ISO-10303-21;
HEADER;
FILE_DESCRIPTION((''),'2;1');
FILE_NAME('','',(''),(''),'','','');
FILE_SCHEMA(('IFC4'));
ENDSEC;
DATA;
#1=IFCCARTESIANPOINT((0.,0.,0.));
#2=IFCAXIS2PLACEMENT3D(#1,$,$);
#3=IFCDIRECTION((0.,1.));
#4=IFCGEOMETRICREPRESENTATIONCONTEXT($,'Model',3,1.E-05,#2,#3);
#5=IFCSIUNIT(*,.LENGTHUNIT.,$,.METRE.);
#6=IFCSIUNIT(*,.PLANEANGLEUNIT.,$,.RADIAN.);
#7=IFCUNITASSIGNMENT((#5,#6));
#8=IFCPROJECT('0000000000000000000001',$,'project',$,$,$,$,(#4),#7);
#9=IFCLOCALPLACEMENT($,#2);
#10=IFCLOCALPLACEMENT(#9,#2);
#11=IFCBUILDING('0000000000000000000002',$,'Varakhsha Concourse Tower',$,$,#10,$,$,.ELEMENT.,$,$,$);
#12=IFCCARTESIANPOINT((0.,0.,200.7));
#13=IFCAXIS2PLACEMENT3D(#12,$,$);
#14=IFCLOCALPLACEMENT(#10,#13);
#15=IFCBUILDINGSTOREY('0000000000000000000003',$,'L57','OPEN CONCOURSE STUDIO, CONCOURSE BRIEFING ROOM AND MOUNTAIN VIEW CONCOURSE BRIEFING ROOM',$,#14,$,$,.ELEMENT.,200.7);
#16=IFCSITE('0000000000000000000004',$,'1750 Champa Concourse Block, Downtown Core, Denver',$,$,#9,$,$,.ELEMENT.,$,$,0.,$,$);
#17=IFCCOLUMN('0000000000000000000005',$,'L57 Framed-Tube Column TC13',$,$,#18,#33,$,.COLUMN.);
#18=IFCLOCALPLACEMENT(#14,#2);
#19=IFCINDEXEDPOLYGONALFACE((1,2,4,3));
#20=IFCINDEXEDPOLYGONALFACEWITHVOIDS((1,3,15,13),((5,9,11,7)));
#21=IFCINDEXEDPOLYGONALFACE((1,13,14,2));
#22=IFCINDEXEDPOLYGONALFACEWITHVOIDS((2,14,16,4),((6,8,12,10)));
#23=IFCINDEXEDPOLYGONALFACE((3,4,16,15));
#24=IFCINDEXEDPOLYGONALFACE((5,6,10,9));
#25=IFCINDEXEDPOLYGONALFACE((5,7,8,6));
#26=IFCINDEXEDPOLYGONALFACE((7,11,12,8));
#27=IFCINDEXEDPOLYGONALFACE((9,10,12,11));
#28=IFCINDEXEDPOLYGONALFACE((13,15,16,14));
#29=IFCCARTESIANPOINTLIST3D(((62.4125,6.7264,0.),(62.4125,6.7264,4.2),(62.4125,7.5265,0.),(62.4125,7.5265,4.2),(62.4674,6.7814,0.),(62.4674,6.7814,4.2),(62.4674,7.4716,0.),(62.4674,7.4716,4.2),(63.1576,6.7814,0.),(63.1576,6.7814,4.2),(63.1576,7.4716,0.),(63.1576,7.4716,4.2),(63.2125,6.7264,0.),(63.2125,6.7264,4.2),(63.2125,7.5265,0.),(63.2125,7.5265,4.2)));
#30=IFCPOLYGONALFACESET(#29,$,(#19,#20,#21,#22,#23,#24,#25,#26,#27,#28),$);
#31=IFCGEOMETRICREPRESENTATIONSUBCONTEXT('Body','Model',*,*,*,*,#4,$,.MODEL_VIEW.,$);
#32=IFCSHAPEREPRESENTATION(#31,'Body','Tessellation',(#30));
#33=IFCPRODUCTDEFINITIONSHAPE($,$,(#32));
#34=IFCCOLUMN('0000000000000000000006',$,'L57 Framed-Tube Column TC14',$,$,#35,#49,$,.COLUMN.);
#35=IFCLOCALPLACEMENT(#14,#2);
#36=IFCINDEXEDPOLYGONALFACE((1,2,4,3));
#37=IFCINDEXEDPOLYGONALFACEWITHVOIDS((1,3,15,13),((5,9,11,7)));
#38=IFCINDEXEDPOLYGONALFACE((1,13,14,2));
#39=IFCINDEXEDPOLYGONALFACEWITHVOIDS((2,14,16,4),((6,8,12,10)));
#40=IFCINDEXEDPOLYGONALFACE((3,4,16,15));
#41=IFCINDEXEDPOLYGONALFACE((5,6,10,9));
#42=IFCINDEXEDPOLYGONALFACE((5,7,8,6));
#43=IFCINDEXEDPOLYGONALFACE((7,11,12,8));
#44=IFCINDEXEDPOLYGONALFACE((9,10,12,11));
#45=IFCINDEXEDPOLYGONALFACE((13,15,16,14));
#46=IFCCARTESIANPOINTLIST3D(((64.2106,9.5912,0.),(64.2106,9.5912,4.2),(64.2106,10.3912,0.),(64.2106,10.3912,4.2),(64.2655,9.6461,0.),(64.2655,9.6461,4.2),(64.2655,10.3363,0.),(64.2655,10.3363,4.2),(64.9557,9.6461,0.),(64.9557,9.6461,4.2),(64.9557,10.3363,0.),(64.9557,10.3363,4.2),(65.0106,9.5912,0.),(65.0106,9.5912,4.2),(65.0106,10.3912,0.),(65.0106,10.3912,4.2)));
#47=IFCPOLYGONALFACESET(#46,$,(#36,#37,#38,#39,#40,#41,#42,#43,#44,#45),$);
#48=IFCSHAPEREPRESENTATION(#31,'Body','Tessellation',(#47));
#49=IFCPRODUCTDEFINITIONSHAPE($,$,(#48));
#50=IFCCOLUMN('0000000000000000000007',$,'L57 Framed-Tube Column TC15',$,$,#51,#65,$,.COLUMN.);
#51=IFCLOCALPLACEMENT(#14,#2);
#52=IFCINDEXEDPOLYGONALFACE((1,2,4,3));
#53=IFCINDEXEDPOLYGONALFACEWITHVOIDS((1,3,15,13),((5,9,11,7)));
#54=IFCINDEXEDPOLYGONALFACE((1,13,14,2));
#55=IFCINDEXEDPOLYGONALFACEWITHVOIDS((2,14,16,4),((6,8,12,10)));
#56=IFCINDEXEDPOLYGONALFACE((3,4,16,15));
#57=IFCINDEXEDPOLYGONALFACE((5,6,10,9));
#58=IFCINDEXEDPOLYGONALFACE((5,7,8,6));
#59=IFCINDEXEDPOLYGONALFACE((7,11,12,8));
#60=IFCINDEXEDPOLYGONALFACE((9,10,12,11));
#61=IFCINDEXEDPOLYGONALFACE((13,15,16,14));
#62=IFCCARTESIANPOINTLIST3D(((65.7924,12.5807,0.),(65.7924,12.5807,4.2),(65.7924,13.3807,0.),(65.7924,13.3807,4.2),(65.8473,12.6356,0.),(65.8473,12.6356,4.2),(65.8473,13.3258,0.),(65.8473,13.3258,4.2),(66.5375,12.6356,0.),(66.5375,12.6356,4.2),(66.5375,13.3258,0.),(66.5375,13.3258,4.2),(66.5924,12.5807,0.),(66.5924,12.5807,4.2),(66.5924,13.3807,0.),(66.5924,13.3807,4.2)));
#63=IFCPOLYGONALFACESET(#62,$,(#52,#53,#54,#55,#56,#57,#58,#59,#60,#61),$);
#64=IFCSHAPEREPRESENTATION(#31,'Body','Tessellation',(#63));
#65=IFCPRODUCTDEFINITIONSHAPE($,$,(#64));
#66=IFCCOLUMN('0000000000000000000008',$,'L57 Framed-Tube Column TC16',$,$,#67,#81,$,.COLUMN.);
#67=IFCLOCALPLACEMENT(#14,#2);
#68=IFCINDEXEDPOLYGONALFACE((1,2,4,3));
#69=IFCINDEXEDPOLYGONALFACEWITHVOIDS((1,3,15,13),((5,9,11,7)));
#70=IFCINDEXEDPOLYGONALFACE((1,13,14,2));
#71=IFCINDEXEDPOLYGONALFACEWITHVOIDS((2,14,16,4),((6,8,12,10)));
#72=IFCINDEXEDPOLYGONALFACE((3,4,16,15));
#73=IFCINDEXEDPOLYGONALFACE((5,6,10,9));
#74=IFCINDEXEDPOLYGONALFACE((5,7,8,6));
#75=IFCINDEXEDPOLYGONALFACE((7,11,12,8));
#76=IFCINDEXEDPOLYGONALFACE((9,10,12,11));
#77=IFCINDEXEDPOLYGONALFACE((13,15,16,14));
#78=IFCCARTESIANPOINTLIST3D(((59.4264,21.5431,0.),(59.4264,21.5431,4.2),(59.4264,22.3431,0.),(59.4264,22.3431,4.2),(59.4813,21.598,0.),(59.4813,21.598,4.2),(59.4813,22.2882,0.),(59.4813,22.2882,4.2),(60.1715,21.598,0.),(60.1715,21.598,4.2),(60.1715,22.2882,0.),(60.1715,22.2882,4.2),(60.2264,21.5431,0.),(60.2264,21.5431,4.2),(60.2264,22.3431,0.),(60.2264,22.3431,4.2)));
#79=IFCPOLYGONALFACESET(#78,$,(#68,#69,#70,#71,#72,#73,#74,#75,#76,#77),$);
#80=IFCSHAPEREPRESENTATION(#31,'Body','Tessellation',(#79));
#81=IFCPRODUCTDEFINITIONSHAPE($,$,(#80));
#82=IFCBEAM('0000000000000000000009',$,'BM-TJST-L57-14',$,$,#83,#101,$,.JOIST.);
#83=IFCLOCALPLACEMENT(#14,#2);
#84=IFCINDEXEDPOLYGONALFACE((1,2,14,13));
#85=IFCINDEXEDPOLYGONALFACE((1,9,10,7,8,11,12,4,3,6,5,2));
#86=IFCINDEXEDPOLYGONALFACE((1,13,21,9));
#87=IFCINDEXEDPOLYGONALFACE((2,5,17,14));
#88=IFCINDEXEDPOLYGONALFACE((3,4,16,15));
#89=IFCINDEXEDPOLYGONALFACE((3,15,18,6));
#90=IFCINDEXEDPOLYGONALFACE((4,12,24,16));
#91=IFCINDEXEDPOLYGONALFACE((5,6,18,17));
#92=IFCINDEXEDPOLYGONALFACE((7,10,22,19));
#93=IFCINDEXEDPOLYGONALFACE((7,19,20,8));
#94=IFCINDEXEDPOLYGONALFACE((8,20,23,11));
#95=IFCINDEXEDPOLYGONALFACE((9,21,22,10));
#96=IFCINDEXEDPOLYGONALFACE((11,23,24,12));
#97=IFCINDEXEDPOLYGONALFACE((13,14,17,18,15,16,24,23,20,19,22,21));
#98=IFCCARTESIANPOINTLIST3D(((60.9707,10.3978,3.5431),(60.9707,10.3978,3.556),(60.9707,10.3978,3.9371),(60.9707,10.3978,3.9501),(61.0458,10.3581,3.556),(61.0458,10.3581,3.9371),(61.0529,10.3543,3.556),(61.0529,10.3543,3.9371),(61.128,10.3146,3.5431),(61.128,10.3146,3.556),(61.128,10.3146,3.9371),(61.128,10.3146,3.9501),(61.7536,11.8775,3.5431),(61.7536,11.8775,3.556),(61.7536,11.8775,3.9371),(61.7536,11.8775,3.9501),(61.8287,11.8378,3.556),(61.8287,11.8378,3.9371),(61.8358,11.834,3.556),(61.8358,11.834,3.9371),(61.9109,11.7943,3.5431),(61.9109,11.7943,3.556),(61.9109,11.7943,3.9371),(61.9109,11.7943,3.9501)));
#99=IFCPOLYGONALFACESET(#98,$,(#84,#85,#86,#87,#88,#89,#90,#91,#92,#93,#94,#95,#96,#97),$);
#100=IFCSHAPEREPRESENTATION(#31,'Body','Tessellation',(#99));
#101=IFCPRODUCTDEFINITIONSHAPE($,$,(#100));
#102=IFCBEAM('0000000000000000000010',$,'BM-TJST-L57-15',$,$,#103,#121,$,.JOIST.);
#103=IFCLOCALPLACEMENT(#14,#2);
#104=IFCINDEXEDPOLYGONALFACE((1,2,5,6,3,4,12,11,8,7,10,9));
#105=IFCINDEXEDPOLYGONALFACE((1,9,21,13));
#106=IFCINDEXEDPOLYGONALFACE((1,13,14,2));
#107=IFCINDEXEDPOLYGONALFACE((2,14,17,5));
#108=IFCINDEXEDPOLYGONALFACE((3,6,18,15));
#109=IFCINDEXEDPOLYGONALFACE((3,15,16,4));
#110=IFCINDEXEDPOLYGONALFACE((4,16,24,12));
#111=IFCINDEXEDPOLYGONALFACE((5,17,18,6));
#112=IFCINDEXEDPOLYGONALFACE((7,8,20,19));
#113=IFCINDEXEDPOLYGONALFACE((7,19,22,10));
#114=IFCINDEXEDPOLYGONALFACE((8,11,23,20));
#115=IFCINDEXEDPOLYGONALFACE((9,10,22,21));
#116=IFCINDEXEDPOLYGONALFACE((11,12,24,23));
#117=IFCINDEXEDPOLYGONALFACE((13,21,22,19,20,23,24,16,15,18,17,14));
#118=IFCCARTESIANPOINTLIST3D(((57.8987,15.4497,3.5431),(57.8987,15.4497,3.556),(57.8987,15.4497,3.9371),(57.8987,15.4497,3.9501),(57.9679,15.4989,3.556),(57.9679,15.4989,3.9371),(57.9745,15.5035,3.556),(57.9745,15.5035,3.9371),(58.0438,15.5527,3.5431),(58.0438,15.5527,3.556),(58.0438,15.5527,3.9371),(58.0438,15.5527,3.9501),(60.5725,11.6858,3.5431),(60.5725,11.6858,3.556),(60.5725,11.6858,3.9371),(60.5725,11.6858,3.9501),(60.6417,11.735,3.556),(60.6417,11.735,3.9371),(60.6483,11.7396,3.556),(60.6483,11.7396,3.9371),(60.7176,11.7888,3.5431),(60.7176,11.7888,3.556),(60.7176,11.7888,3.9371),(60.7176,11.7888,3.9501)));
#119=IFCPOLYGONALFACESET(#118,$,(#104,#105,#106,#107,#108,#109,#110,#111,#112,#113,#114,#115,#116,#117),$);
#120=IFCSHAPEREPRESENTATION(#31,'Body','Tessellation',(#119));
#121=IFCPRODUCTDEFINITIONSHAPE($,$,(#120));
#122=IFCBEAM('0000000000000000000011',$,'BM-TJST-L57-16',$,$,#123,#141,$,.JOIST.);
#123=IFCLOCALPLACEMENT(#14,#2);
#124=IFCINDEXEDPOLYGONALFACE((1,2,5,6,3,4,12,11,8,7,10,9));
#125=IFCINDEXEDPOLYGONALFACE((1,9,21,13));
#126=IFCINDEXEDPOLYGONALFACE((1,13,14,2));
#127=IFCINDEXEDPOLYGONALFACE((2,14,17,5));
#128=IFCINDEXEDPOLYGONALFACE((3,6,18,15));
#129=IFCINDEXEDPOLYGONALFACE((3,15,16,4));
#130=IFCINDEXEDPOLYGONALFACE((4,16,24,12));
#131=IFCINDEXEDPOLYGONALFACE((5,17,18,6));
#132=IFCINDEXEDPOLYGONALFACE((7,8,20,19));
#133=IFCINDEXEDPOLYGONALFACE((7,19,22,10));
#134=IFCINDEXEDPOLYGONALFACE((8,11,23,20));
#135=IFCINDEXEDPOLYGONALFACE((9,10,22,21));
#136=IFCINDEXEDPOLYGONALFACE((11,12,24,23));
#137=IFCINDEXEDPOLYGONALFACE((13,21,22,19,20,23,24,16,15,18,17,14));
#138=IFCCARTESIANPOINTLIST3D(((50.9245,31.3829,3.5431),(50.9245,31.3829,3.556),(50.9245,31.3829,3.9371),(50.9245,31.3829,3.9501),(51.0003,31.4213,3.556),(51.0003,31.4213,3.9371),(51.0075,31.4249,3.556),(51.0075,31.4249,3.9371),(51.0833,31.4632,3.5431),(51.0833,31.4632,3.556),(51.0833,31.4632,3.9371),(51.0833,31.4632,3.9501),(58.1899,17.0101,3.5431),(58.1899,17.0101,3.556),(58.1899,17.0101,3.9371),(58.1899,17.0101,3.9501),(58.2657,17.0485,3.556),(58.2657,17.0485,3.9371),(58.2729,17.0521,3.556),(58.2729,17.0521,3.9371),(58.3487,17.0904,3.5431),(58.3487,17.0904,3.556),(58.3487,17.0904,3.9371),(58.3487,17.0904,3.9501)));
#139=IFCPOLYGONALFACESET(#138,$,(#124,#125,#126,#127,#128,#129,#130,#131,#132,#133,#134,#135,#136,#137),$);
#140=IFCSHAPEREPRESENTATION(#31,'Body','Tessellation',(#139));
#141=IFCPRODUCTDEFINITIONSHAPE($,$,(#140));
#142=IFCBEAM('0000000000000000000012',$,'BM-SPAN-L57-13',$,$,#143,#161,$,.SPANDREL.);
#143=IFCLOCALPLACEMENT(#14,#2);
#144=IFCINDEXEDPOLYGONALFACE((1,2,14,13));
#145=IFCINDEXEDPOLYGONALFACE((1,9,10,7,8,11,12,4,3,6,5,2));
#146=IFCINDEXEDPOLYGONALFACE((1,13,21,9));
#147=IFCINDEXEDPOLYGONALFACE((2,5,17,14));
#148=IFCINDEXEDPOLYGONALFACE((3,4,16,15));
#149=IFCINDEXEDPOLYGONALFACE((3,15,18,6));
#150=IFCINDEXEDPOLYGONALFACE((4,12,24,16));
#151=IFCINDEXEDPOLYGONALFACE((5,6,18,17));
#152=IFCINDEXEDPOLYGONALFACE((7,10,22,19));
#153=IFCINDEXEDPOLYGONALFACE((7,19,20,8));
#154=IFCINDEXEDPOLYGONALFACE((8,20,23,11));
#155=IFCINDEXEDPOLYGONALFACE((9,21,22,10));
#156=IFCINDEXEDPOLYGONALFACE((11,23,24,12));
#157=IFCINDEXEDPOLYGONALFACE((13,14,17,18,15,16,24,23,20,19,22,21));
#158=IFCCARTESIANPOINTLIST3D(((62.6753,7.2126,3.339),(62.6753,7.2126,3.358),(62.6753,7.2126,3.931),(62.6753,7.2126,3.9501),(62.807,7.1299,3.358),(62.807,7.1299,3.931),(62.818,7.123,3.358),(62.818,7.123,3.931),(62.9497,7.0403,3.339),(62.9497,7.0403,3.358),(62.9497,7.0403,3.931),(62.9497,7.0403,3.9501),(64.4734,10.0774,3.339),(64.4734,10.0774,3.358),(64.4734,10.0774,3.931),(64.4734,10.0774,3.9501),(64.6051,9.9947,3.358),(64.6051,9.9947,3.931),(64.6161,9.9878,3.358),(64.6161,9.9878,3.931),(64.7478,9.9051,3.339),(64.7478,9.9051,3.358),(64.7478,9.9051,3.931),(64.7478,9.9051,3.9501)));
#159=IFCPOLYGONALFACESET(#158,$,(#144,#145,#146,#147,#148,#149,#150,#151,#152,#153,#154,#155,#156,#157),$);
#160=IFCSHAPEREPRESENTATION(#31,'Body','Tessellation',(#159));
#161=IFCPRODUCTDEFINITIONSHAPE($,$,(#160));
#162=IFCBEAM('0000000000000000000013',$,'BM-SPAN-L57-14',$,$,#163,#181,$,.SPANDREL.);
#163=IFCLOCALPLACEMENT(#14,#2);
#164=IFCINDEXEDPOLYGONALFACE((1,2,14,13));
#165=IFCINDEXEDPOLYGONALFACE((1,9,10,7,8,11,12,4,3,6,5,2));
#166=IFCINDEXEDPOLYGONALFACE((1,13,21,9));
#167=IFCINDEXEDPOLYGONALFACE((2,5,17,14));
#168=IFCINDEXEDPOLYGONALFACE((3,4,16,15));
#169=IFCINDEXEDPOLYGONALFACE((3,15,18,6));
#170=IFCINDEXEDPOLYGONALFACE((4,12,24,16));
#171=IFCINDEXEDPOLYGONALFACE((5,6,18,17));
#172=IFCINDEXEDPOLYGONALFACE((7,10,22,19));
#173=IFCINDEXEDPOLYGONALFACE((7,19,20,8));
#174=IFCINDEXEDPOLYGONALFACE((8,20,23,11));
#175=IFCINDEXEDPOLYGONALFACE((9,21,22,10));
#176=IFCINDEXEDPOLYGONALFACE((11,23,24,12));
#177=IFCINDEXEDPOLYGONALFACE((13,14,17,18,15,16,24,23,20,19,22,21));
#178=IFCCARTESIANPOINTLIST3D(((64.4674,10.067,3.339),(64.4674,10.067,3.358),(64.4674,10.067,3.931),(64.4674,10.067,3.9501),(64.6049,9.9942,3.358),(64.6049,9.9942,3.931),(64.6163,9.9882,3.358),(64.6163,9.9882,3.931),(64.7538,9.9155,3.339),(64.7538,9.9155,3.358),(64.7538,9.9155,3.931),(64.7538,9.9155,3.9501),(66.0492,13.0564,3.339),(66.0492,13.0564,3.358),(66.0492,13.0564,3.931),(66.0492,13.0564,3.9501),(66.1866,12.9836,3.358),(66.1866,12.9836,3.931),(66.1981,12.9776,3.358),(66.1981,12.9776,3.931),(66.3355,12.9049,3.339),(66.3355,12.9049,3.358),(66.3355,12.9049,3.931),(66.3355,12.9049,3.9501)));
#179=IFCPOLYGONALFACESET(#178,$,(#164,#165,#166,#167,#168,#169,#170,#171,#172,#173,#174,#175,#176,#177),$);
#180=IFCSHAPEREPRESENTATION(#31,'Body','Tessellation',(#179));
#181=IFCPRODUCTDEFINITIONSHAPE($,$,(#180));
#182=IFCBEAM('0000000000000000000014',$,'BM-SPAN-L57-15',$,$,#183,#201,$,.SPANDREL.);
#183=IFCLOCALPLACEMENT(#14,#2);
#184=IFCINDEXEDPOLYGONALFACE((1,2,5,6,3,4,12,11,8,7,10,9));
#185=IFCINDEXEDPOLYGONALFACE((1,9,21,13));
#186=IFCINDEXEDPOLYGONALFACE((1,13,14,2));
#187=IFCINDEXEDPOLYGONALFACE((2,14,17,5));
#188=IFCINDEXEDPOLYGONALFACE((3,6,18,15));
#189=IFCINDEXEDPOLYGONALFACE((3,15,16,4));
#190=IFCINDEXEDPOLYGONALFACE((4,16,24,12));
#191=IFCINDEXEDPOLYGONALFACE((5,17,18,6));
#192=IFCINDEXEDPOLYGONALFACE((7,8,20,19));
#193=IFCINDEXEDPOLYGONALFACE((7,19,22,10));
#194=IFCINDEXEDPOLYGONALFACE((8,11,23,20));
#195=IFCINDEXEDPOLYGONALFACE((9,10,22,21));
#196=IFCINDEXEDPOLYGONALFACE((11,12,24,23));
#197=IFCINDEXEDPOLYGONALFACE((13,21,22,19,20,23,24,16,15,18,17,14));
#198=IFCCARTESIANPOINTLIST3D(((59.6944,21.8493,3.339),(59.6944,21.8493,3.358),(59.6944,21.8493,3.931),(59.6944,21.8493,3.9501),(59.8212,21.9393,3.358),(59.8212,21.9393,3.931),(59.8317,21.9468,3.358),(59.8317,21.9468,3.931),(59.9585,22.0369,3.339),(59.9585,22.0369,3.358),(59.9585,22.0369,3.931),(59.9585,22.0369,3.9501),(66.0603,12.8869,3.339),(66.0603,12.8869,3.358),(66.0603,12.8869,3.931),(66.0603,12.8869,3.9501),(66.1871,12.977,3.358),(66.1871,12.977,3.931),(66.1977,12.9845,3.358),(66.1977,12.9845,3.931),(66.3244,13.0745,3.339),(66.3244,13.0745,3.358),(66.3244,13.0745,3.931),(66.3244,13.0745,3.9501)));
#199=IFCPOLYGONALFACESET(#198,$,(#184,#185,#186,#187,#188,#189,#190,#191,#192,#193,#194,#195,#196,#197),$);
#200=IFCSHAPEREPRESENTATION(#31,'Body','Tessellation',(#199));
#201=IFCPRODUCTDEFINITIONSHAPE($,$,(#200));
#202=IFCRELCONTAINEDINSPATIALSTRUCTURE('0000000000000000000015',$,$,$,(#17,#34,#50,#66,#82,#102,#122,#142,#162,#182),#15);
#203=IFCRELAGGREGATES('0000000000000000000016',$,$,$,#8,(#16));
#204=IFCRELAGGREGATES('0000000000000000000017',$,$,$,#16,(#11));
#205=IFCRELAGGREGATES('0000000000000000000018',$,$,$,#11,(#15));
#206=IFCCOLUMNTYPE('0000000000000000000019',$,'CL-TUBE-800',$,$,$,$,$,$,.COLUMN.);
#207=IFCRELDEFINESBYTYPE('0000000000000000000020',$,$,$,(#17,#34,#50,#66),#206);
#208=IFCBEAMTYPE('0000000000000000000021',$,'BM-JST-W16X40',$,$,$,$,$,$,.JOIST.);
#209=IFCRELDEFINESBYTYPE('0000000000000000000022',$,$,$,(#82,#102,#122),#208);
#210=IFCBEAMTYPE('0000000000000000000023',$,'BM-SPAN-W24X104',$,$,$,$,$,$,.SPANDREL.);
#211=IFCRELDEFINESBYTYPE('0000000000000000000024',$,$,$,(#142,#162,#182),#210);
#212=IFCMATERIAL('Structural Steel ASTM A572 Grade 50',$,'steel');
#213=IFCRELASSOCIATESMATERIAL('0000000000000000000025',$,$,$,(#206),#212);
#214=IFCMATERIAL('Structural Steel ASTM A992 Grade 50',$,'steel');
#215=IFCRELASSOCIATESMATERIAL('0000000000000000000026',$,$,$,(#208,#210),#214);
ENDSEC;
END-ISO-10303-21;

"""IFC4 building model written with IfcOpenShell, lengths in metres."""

from ifc_helpers import new_model, si_unit, direction, frame, origin, origin_2d, place, context, subcontext, project, spatial, hollow_rectangle, i_section, extrude, material, material_profile, profile_set, type_object, element, save


model = new_model("IFC4")

# Units and contexts
model_context = context("Model", 3, precision=1e-05, world=origin(), true_north=direction((0.0, 1.0)))
body_context = subcontext(model_context, "Body", "Model", "MODEL_VIEW")
ifc_project = project(units=[si_unit("LENGTHUNIT", "METRE"), si_unit("PLANEANGLEUNIT", "RADIAN")], contexts=[model_context])

# Site, building, storey
site_placement = place(None, origin())
site = spatial("IfcSite", under=ifc_project, at=site_placement, Name="1750 Champa Concourse Block, Downtown Core, Denver", CompositionType="ELEMENT", RefElevation=0.0)
building_placement = place(site_placement, origin())
building = spatial("IfcBuilding", under=site, at=building_placement, Name="Varakhsha Concourse Tower", CompositionType="ELEMENT")
storey_placement = place(building_placement, frame((0.0, 0.0, 200.7)))
storey = spatial("IfcBuildingStorey", under=building, at=storey_placement, Name="L57", Description="OPEN CONCOURSE STUDIO, CONCOURSE BRIEFING ROOM AND MOUNTAIN VIEW CONCOURSE BRIEFING ROOM", CompositionType="ELEMENT", Elevation=200.7)

# Columns
ifc_material_1 = material(Name="Structural Steel ASTM A572 Grade 50", Category="steel")
ifc_material_profile_1 = material_profile(ifc_material_1, hollow_rectangle(XDim=0.8, YDim=0.8, WallThickness=0.0549, at=origin_2d()), Name="BOX 800x800x55")
ifc_profile_set_1 = profile_set([ifc_material_profile_1], Name="Structural Steel ASTM A572 Grade 50")
column_type = type_object("IfcColumnType", Name="CL-TUBE-800", PredefinedType="COLUMN", material=ifc_profile_set_1)
for number, where, z_axis, x_axis, name in (
    (1, (62.8125, 7.1265, 0.0), (0.0, 0.0, 1.0), (1.0, 0.0, 0.0), "L57 Framed-Tube Column TC13"),
    (2, (64.6106, 9.9912, 0.0), (0.0, 0.0, 1.0), (1.0, 0.0, 0.0), "L57 Framed-Tube Column TC14"),
    (3, (66.1924, 12.9807, 0.0), (0.0, 0.0, 1.0), (1.0, 0.0, 0.0), "L57 Framed-Tube Column TC15"),
    (4, (59.8264, 21.9431, 0.0), (0.0, 0.0, 1.0), (1.0, 0.0, 0.0), "L57 Framed-Tube Column TC16"),
):
    element("IfcColumn", number, at=place(storey_placement, frame(where, z_axis=z_axis, x_axis=x_axis)), inside=storey, type_object=column_type, Name=name, PredefinedType="COLUMN", context=body_context, shape_type="SweptSolid", body=[
        extrude(hollow_rectangle(XDim=0.8, YDim=0.8, WallThickness=0.0549, at=origin_2d()), origin(), (0.0, 0.0, 1.0), 4.2),
    ])

# Beams
ifc_material_2 = material(Name="Structural Steel ASTM A992 Grade 50", Category="steel")
ifc_material_profile_2 = material_profile(ifc_material_2, i_section(OverallWidth=0.178, OverallDepth=0.407, WebThickness=0.0081, FlangeThickness=0.0129, at=origin_2d()), Name="W16X40")
ifc_profile_set_2 = profile_set([ifc_material_profile_2], Name="Structural Steel ASTM A992 Grade 50")
beam_type_1 = type_object("IfcBeamType", Name="BM-JST-W16X40", PredefinedType="JOIST", material=ifc_profile_set_2)
beam_1_placement = place(storey_placement, frame((61.0493, 10.3562, 3.7466), z_axis=(0.467687, 0.883894, 0.0), x_axis=(-0.883894, 0.467687, 0.0)))
element("IfcBeam", 5, at=beam_1_placement, inside=storey, type_object=beam_type_1, Name="BM-TJST-L57-14", PredefinedType="JOIST", context=body_context, shape_type="SweptSolid", body=[
    extrude(i_section(OverallWidth=0.178, OverallDepth=0.407, WebThickness=0.0081, FlangeThickness=0.0129, at=origin_2d()), origin(), (0.0, 0.0, 1.0), 1.6741),
])
beam_2_placement = place(storey_placement, frame((60.645, 11.7373, 3.7466), z_axis=(-0.57913, 0.815235, 0.0), x_axis=(-0.815235, -0.57913, 0.0)))
element("IfcBeam", 6, at=beam_2_placement, inside=storey, type_object=beam_type_1, Name="BM-TJST-L57-15", PredefinedType="JOIST", context=body_context, shape_type="SweptSolid", body=[
    extrude(i_section(OverallWidth=0.178, OverallDepth=0.407, WebThickness=0.0081, FlangeThickness=0.0129, at=origin_2d()), origin(), (0.0, 0.0, 1.0), 4.6169),
])
beam_3_placement = place(storey_placement, frame((58.2693, 17.0503, 3.7466), z_axis=(-0.451133, 0.892457, 0.0), x_axis=(-0.892457, -0.451133, 0.0)))
element("IfcBeam", 7, at=beam_3_placement, inside=storey, type_object=beam_type_1, Name="BM-TJST-L57-16", PredefinedType="JOIST", context=body_context, shape_type="SweptSolid", body=[
    extrude(i_section(OverallWidth=0.178, OverallDepth=0.407, WebThickness=0.0081, FlangeThickness=0.0129, at=origin_2d()), origin(), (0.0, 0.0, 1.0), 16.1047),
])
ifc_material_profile_3 = material_profile(ifc_material_2, i_section(OverallWidth=0.324, OverallDepth=0.6111, WebThickness=0.0129, FlangeThickness=0.019, at=origin_2d()), Name="W24X104")
ifc_profile_set_3 = profile_set([ifc_material_profile_3], Name="Structural Steel ASTM A992 Grade 50")
beam_type_2 = type_object("IfcBeamType", Name="BM-SPAN-W24X104", PredefinedType="SPANDREL", material=ifc_profile_set_3)
beam_4_placement = place(storey_placement, frame((62.8125, 7.1265, 3.6445), z_axis=(0.53162, 0.846983, 0.0), x_axis=(-0.846983, 0.53162, 0.0)))
element("IfcBeam", 8, at=beam_4_placement, inside=storey, type_object=beam_type_2, Name="BM-SPAN-L57-13", PredefinedType="SPANDREL", context=body_context, shape_type="SweptSolid", body=[
    extrude(i_section(OverallWidth=0.324, OverallDepth=0.6111, WebThickness=0.0129, FlangeThickness=0.019, at=origin_2d()), origin(), (0.0, 0.0, 1.0), 3.3823),
])
beam_5_placement = place(storey_placement, frame((64.6106, 9.9912, 3.6445), z_axis=(0.467682, 0.883897, 0.0), x_axis=(-0.883897, 0.467682, 0.0)))
element("IfcBeam", 9, at=beam_5_placement, inside=storey, type_object=beam_type_2, Name="BM-SPAN-L57-14", PredefinedType="SPANDREL", context=body_context, shape_type="SweptSolid", body=[
    extrude(i_section(OverallWidth=0.324, OverallDepth=0.6111, WebThickness=0.0129, FlangeThickness=0.019, at=origin_2d()), origin(), (0.0, 0.0, 1.0), 3.3821),
])
beam_6_placement = place(storey_placement, frame((66.1924, 12.9807, 3.6445), z_axis=(-0.579083, 0.815269, 0.0), x_axis=(-0.815269, -0.579083, 0.0)))
element("IfcBeam", 10, at=beam_6_placement, inside=storey, type_object=beam_type_2, Name="BM-SPAN-L57-15", PredefinedType="SPANDREL", context=body_context, shape_type="SweptSolid", body=[
    extrude(i_section(OverallWidth=0.324, OverallDepth=0.6111, WebThickness=0.0129, FlangeThickness=0.019, at=origin_2d()), origin(), (0.0, 0.0, 1.0), 10.9932),
])

save(model, "model.ifc")
